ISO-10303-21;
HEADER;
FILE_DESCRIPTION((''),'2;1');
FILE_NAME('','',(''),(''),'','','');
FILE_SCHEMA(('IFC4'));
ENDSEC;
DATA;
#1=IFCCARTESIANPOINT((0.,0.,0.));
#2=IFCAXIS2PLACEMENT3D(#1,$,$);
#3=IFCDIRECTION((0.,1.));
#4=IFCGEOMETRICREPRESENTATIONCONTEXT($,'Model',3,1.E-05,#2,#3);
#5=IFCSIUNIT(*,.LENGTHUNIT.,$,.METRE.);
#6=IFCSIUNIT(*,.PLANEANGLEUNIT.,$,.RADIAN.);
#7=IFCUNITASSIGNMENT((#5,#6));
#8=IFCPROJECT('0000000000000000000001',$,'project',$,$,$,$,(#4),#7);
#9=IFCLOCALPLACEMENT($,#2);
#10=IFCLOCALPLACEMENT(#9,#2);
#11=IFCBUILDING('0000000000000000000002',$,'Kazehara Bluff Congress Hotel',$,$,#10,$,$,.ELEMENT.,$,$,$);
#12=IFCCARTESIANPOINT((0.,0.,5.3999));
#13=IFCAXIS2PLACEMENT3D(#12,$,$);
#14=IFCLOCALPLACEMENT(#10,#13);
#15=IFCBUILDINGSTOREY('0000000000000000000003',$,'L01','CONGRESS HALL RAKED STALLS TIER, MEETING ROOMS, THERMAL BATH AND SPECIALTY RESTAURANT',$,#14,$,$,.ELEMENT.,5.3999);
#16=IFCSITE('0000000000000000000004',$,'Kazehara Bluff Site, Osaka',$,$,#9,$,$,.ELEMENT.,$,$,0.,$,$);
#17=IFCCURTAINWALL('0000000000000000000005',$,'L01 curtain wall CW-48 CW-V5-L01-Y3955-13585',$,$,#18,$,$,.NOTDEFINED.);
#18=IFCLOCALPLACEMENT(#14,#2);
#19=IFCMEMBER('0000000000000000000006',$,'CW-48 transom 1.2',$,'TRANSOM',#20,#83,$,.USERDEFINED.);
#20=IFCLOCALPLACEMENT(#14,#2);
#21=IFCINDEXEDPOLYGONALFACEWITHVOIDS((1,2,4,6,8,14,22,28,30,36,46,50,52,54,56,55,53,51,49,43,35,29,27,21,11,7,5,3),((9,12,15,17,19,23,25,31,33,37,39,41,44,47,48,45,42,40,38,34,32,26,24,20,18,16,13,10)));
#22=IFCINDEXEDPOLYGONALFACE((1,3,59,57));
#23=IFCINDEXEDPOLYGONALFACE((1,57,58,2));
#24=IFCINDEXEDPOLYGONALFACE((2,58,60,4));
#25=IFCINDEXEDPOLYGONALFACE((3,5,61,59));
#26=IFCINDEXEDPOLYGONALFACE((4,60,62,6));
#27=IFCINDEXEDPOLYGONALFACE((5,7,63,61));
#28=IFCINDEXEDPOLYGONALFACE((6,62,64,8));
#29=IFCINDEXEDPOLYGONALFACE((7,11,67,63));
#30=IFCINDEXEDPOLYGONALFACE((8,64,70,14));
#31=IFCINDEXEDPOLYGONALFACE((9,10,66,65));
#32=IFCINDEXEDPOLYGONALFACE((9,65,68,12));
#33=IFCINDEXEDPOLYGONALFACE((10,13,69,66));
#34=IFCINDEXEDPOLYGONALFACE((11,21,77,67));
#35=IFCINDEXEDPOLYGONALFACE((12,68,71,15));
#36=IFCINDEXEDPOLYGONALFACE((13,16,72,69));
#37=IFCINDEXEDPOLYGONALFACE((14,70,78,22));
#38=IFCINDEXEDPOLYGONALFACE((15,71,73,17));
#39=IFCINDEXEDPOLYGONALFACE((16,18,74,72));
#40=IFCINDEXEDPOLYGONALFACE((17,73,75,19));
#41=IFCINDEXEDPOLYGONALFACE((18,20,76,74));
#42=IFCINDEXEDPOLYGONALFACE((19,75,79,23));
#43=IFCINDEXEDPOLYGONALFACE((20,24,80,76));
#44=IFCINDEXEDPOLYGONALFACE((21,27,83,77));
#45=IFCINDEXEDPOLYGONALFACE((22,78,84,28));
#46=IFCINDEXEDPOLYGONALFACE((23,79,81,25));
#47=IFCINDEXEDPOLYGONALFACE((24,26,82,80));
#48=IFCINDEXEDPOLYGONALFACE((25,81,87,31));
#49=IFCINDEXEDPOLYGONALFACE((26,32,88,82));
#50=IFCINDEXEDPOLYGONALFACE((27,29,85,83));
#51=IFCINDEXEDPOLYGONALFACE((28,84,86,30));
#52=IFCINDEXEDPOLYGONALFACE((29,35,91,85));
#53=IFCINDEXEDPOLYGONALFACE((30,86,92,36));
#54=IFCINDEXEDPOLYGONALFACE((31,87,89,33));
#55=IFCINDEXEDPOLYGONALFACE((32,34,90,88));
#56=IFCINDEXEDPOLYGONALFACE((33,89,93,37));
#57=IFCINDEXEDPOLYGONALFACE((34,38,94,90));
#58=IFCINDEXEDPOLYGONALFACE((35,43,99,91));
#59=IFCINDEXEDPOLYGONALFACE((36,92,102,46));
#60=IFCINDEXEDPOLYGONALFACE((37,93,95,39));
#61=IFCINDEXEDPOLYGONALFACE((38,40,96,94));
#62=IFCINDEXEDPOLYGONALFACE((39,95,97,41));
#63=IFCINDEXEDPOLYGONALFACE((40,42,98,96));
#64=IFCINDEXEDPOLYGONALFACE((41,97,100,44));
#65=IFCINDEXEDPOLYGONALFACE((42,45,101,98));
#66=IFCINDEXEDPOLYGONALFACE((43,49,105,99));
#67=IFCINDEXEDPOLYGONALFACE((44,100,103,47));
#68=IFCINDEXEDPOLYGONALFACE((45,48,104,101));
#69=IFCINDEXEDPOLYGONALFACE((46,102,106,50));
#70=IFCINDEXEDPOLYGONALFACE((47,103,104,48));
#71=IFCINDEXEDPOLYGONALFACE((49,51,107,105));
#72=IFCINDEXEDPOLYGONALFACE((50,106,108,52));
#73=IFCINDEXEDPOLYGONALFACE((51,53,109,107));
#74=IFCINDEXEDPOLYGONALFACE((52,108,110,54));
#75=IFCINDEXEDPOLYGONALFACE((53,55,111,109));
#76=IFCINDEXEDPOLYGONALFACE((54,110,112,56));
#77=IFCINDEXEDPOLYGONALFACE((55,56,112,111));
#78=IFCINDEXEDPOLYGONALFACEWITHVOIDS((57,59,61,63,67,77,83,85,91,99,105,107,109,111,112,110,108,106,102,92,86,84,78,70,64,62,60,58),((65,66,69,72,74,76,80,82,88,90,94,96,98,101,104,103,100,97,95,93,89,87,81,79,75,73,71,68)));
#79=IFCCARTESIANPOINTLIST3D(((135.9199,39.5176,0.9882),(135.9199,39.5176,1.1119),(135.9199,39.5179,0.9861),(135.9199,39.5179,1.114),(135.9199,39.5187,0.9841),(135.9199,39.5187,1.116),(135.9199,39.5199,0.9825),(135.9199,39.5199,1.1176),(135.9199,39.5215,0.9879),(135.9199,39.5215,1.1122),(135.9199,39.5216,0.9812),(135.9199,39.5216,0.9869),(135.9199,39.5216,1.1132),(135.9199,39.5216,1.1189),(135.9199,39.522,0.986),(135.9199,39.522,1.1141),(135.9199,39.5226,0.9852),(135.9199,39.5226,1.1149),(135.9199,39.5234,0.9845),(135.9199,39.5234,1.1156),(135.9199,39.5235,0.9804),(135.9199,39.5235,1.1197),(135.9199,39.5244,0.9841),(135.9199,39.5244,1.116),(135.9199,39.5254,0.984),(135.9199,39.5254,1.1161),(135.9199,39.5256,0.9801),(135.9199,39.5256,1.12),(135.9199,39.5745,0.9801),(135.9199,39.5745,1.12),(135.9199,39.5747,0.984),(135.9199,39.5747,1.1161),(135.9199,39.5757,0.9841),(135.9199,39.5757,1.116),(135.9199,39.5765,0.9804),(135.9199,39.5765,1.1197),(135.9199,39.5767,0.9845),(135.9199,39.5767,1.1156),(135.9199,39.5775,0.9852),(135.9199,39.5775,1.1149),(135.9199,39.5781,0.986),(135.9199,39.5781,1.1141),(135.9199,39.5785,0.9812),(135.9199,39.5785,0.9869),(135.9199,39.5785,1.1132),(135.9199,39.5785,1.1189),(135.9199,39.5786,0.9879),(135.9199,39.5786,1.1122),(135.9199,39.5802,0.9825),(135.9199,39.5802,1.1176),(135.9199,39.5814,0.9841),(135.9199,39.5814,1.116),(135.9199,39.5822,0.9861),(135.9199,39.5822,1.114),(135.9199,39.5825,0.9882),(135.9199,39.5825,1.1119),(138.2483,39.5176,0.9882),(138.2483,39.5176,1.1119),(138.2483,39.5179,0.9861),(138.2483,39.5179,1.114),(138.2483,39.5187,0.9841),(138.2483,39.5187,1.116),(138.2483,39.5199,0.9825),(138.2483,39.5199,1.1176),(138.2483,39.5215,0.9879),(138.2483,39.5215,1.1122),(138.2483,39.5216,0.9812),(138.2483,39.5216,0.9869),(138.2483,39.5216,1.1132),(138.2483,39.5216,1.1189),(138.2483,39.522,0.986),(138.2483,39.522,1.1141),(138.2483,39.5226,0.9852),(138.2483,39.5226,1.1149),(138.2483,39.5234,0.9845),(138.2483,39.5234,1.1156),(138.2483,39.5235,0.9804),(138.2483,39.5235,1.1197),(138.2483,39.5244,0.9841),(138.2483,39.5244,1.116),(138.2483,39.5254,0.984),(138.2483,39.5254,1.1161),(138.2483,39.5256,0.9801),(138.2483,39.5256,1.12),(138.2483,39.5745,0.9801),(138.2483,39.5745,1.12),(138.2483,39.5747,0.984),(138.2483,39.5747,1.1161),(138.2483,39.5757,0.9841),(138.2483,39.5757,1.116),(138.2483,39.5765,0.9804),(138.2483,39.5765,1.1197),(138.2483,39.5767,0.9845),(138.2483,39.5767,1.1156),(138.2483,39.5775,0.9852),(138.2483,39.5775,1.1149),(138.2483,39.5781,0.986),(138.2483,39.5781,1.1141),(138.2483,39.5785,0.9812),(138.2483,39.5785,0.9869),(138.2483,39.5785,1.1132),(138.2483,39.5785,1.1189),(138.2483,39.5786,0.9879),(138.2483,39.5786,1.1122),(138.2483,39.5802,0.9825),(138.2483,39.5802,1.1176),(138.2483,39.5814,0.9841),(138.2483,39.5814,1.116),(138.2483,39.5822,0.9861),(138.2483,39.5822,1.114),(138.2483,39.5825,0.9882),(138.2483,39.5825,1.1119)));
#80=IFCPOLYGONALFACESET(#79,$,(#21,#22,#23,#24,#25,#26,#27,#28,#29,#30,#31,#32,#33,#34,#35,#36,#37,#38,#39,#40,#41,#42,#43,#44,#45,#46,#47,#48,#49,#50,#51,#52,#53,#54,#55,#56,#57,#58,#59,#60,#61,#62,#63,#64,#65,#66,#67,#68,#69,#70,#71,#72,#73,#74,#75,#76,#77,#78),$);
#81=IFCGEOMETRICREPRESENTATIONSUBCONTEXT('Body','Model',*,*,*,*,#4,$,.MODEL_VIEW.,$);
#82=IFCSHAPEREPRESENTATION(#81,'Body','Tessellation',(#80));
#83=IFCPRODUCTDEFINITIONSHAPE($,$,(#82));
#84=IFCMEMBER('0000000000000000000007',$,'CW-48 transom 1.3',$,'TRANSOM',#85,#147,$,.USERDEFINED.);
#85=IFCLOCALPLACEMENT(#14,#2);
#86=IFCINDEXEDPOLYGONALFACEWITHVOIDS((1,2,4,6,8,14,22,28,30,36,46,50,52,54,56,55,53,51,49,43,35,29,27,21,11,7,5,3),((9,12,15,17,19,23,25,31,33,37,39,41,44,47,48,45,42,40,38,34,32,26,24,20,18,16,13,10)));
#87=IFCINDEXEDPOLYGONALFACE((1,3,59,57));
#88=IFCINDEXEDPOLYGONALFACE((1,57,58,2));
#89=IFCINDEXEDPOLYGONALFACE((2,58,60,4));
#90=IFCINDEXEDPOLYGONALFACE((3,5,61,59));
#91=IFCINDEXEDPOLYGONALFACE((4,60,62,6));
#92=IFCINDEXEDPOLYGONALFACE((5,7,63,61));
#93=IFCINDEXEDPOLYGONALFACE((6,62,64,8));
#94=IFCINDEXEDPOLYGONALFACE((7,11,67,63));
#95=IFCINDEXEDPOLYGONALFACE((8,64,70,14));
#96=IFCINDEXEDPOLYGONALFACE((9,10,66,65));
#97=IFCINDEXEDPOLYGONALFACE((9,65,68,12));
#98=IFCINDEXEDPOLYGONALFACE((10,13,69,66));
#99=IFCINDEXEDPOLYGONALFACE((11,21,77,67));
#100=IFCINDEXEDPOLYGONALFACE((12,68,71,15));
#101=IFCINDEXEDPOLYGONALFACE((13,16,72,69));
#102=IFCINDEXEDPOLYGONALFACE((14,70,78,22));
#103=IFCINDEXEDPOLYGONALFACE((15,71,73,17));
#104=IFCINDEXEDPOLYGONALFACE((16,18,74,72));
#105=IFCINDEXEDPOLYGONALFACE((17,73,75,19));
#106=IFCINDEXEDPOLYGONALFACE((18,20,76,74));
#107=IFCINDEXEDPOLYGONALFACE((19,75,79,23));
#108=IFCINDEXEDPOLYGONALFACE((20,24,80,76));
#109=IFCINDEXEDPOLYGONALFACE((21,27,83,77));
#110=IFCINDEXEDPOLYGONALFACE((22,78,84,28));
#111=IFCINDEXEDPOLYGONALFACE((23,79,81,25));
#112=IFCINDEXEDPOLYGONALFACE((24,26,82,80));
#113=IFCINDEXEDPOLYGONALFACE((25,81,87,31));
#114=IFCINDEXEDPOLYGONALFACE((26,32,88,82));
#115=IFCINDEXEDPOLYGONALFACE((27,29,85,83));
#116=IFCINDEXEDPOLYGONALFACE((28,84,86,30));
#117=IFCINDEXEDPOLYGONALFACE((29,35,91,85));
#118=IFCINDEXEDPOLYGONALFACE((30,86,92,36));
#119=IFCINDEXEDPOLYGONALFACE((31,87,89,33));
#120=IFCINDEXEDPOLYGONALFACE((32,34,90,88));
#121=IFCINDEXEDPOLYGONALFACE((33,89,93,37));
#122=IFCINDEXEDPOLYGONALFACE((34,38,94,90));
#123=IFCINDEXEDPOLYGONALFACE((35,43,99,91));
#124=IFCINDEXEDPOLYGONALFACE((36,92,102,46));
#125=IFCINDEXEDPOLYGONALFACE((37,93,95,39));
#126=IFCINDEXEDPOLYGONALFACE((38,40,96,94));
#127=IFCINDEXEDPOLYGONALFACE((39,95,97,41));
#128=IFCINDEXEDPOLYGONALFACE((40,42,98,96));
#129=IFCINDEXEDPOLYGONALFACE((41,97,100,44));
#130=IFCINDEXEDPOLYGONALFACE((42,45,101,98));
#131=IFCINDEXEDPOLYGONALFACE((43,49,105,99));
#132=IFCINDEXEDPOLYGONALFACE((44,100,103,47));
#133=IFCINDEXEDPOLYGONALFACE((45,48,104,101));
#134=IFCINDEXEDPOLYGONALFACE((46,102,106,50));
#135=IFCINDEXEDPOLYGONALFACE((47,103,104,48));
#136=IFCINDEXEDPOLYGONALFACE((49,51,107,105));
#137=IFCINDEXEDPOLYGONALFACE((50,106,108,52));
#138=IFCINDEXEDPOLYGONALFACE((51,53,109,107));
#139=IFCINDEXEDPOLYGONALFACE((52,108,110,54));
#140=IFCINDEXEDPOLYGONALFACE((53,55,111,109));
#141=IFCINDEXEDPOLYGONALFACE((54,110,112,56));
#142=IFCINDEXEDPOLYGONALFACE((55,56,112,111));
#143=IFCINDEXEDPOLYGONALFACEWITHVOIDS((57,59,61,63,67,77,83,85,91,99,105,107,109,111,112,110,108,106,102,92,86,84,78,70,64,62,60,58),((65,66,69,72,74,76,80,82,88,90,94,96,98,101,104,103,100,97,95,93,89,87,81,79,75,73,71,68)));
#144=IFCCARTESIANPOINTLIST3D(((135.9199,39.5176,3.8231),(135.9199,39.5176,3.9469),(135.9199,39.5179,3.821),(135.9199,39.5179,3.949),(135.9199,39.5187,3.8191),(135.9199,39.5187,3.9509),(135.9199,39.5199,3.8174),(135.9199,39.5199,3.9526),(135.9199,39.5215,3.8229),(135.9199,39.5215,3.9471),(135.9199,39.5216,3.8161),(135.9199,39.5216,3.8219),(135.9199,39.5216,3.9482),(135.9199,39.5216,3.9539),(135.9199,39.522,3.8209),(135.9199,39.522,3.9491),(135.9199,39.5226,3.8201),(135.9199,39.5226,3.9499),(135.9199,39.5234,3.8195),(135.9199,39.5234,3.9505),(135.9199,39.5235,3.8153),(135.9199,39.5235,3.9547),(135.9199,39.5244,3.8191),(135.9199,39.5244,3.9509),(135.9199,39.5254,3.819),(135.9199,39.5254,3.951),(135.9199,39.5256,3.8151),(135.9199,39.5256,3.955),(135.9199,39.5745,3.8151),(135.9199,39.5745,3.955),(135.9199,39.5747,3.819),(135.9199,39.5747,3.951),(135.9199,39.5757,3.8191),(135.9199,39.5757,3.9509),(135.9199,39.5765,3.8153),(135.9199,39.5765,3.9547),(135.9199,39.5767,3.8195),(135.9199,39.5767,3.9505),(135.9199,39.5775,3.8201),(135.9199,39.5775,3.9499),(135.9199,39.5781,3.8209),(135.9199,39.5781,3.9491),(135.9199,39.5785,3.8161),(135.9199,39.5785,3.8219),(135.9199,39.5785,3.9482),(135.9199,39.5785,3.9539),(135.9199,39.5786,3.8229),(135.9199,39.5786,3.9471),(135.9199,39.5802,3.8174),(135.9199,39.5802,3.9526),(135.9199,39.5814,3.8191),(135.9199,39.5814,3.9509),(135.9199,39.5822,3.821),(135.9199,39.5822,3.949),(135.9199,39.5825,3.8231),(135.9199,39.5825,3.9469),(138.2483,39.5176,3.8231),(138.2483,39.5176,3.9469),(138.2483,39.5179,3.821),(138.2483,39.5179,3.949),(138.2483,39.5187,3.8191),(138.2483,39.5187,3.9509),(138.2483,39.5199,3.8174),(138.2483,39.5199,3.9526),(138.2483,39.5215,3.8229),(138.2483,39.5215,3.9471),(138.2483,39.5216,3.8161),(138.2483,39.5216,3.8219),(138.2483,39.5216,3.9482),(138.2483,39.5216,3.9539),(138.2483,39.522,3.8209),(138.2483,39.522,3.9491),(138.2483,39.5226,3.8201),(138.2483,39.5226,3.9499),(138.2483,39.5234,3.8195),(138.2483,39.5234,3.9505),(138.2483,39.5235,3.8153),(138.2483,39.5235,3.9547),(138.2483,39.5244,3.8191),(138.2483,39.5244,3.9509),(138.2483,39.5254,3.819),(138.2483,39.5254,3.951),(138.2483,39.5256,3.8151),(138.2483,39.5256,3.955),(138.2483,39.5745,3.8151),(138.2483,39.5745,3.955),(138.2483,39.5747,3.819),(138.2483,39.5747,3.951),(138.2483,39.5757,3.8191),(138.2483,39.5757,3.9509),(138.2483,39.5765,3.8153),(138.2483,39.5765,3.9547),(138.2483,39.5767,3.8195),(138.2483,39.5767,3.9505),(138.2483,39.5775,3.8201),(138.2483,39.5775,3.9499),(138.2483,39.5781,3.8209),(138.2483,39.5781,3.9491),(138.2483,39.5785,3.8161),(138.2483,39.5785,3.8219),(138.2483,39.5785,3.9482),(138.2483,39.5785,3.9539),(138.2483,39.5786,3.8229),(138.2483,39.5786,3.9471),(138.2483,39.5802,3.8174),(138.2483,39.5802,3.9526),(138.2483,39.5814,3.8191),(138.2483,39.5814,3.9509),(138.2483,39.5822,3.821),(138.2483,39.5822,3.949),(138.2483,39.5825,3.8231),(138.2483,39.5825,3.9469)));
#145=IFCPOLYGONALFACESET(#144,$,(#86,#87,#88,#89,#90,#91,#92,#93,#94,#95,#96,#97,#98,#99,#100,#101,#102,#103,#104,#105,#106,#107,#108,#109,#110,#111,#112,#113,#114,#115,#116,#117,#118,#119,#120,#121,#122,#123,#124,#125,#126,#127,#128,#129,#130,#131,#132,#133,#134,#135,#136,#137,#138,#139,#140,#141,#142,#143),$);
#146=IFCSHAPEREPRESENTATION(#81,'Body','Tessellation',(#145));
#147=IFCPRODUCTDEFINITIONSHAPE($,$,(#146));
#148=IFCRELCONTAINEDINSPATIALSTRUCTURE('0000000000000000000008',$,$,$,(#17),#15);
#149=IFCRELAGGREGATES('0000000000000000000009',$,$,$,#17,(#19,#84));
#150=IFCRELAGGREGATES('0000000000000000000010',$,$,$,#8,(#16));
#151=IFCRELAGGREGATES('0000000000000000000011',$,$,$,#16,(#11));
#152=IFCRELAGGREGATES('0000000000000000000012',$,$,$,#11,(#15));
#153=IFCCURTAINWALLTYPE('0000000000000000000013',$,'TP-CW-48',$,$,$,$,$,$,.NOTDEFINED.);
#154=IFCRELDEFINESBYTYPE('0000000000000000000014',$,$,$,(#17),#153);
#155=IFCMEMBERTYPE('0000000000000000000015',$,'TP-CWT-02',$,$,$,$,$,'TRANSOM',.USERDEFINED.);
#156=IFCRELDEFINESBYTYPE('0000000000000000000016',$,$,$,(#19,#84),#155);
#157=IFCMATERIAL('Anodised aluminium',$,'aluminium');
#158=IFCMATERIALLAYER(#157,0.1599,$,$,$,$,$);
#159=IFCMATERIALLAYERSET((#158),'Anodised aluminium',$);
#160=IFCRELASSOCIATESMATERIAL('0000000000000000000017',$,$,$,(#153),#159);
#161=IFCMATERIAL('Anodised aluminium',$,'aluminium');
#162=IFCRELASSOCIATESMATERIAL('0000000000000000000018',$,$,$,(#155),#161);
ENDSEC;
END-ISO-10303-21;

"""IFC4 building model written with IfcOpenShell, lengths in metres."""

from ifc_helpers import new_model, si_unit, direction, frame, origin, origin_2d, place, context, subcontext, project, spatial, hollow_rectangle, extrude, material, layer, layer_set, material_profile, profile_set, type_object, element, aggregate, save


model = new_model("IFC4")

# Units and contexts
model_context = context("Model", 3, precision=1e-05, world=origin(), true_north=direction((0.0, 1.0)))
body_context = subcontext(model_context, "Body", "Model", "MODEL_VIEW")
ifc_project = project(units=[si_unit("LENGTHUNIT", "METRE"), si_unit("PLANEANGLEUNIT", "RADIAN")], contexts=[model_context])

# Site, building, storey
site_placement = place(None, origin())
site = spatial("IfcSite", under=ifc_project, at=site_placement, Name="Kazehara Bluff Site, Osaka", CompositionType="ELEMENT", RefElevation=0.0)
building_placement = place(site_placement, origin())
building = spatial("IfcBuilding", under=site, at=building_placement, Name="Kazehara Bluff Congress Hotel", CompositionType="ELEMENT")
storey_placement = place(building_placement, frame((0.0, 0.0, 5.3999)))
storey = spatial("IfcBuildingStorey", under=building, at=storey_placement, Name="L01", Description="CONGRESS HALL RAKED STALLS TIER, MEETING ROOMS, THERMAL BATH AND SPECIALTY RESTAURANT", CompositionType="ELEMENT", Elevation=5.3999)

# Shared definitions
ifc_material_1 = material(Name="Anodised aluminium", Category="aluminium")
ifc_layer_1 = layer(ifc_material_1, 0.1599)
ifc_layer_set_1 = layer_set([ifc_layer_1], Name="Anodised aluminium")
curtain_wall_type = type_object("IfcCurtainWallType", Name="TP-CW-48", PredefinedType="NOTDEFINED", material=ifc_layer_set_1)

# Curtain wall
curtain_wall_1_placement = place(storey_placement, origin())
curtain_wall_1 = element("IfcCurtainWall", 1, at=curtain_wall_1_placement, inside=storey, type_object=curtain_wall_type, Name="L01 curtain wall CW-48 CW-V5-L01-Y3955-13585", PredefinedType="NOTDEFINED")

# Members
ifc_material_2 = material(Name="Anodised aluminium", Category="aluminium")
ifc_material_profile_1 = material_profile(ifc_material_2, hollow_rectangle(XDim=0.0649, YDim=0.1399, WallThickness=0.0039, InnerFilletRadius=0.0039, OuterFilletRadius=0.0081, at=origin_2d()))
ifc_profile_set_1 = profile_set([ifc_material_profile_1], Name="Anodised aluminium")
member_type_1 = type_object("IfcMemberType", Name="TP-CWT-02", ElementType="TRANSOM", PredefinedType="USERDEFINED", material=ifc_profile_set_1)
member_1_placement = place(storey_placement, frame((135.9199, 39.55, 1.05), z_axis=(1.0, 0.0, 0.0), x_axis=(0.0, 1.0, 0.0)))
member_1 = element("IfcMember", 2, at=member_1_placement, type_object=member_type_1, Name="CW-48 transom 1.2", ObjectType="TRANSOM", PredefinedType="USERDEFINED", context=body_context, shape_type="SweptSolid", body=[
    extrude(hollow_rectangle(XDim=0.0649, YDim=0.1399, WallThickness=0.0039, InnerFilletRadius=0.0039, OuterFilletRadius=0.0081, at=origin_2d()), origin(), (0.0, 0.0, 1.0), 2.3284),
])
member_2_placement = place(storey_placement, frame((135.9199, 39.55, 3.885), z_axis=(1.0, 0.0, 0.0), x_axis=(0.0, 1.0, 0.0)))
member_2 = element("IfcMember", 3, at=member_2_placement, type_object=member_type_1, Name="CW-48 transom 1.3", ObjectType="TRANSOM", PredefinedType="USERDEFINED", context=body_context, shape_type="SweptSolid", body=[
    extrude(hollow_rectangle(XDim=0.0649, YDim=0.1399, WallThickness=0.0039, InnerFilletRadius=0.0039, OuterFilletRadius=0.0081, at=origin_2d()), origin(), (0.0, 0.0, 1.0), 2.3284),
])

aggregate(curtain_wall_1, [member_1, member_2])

save(model, "model.ifc")
